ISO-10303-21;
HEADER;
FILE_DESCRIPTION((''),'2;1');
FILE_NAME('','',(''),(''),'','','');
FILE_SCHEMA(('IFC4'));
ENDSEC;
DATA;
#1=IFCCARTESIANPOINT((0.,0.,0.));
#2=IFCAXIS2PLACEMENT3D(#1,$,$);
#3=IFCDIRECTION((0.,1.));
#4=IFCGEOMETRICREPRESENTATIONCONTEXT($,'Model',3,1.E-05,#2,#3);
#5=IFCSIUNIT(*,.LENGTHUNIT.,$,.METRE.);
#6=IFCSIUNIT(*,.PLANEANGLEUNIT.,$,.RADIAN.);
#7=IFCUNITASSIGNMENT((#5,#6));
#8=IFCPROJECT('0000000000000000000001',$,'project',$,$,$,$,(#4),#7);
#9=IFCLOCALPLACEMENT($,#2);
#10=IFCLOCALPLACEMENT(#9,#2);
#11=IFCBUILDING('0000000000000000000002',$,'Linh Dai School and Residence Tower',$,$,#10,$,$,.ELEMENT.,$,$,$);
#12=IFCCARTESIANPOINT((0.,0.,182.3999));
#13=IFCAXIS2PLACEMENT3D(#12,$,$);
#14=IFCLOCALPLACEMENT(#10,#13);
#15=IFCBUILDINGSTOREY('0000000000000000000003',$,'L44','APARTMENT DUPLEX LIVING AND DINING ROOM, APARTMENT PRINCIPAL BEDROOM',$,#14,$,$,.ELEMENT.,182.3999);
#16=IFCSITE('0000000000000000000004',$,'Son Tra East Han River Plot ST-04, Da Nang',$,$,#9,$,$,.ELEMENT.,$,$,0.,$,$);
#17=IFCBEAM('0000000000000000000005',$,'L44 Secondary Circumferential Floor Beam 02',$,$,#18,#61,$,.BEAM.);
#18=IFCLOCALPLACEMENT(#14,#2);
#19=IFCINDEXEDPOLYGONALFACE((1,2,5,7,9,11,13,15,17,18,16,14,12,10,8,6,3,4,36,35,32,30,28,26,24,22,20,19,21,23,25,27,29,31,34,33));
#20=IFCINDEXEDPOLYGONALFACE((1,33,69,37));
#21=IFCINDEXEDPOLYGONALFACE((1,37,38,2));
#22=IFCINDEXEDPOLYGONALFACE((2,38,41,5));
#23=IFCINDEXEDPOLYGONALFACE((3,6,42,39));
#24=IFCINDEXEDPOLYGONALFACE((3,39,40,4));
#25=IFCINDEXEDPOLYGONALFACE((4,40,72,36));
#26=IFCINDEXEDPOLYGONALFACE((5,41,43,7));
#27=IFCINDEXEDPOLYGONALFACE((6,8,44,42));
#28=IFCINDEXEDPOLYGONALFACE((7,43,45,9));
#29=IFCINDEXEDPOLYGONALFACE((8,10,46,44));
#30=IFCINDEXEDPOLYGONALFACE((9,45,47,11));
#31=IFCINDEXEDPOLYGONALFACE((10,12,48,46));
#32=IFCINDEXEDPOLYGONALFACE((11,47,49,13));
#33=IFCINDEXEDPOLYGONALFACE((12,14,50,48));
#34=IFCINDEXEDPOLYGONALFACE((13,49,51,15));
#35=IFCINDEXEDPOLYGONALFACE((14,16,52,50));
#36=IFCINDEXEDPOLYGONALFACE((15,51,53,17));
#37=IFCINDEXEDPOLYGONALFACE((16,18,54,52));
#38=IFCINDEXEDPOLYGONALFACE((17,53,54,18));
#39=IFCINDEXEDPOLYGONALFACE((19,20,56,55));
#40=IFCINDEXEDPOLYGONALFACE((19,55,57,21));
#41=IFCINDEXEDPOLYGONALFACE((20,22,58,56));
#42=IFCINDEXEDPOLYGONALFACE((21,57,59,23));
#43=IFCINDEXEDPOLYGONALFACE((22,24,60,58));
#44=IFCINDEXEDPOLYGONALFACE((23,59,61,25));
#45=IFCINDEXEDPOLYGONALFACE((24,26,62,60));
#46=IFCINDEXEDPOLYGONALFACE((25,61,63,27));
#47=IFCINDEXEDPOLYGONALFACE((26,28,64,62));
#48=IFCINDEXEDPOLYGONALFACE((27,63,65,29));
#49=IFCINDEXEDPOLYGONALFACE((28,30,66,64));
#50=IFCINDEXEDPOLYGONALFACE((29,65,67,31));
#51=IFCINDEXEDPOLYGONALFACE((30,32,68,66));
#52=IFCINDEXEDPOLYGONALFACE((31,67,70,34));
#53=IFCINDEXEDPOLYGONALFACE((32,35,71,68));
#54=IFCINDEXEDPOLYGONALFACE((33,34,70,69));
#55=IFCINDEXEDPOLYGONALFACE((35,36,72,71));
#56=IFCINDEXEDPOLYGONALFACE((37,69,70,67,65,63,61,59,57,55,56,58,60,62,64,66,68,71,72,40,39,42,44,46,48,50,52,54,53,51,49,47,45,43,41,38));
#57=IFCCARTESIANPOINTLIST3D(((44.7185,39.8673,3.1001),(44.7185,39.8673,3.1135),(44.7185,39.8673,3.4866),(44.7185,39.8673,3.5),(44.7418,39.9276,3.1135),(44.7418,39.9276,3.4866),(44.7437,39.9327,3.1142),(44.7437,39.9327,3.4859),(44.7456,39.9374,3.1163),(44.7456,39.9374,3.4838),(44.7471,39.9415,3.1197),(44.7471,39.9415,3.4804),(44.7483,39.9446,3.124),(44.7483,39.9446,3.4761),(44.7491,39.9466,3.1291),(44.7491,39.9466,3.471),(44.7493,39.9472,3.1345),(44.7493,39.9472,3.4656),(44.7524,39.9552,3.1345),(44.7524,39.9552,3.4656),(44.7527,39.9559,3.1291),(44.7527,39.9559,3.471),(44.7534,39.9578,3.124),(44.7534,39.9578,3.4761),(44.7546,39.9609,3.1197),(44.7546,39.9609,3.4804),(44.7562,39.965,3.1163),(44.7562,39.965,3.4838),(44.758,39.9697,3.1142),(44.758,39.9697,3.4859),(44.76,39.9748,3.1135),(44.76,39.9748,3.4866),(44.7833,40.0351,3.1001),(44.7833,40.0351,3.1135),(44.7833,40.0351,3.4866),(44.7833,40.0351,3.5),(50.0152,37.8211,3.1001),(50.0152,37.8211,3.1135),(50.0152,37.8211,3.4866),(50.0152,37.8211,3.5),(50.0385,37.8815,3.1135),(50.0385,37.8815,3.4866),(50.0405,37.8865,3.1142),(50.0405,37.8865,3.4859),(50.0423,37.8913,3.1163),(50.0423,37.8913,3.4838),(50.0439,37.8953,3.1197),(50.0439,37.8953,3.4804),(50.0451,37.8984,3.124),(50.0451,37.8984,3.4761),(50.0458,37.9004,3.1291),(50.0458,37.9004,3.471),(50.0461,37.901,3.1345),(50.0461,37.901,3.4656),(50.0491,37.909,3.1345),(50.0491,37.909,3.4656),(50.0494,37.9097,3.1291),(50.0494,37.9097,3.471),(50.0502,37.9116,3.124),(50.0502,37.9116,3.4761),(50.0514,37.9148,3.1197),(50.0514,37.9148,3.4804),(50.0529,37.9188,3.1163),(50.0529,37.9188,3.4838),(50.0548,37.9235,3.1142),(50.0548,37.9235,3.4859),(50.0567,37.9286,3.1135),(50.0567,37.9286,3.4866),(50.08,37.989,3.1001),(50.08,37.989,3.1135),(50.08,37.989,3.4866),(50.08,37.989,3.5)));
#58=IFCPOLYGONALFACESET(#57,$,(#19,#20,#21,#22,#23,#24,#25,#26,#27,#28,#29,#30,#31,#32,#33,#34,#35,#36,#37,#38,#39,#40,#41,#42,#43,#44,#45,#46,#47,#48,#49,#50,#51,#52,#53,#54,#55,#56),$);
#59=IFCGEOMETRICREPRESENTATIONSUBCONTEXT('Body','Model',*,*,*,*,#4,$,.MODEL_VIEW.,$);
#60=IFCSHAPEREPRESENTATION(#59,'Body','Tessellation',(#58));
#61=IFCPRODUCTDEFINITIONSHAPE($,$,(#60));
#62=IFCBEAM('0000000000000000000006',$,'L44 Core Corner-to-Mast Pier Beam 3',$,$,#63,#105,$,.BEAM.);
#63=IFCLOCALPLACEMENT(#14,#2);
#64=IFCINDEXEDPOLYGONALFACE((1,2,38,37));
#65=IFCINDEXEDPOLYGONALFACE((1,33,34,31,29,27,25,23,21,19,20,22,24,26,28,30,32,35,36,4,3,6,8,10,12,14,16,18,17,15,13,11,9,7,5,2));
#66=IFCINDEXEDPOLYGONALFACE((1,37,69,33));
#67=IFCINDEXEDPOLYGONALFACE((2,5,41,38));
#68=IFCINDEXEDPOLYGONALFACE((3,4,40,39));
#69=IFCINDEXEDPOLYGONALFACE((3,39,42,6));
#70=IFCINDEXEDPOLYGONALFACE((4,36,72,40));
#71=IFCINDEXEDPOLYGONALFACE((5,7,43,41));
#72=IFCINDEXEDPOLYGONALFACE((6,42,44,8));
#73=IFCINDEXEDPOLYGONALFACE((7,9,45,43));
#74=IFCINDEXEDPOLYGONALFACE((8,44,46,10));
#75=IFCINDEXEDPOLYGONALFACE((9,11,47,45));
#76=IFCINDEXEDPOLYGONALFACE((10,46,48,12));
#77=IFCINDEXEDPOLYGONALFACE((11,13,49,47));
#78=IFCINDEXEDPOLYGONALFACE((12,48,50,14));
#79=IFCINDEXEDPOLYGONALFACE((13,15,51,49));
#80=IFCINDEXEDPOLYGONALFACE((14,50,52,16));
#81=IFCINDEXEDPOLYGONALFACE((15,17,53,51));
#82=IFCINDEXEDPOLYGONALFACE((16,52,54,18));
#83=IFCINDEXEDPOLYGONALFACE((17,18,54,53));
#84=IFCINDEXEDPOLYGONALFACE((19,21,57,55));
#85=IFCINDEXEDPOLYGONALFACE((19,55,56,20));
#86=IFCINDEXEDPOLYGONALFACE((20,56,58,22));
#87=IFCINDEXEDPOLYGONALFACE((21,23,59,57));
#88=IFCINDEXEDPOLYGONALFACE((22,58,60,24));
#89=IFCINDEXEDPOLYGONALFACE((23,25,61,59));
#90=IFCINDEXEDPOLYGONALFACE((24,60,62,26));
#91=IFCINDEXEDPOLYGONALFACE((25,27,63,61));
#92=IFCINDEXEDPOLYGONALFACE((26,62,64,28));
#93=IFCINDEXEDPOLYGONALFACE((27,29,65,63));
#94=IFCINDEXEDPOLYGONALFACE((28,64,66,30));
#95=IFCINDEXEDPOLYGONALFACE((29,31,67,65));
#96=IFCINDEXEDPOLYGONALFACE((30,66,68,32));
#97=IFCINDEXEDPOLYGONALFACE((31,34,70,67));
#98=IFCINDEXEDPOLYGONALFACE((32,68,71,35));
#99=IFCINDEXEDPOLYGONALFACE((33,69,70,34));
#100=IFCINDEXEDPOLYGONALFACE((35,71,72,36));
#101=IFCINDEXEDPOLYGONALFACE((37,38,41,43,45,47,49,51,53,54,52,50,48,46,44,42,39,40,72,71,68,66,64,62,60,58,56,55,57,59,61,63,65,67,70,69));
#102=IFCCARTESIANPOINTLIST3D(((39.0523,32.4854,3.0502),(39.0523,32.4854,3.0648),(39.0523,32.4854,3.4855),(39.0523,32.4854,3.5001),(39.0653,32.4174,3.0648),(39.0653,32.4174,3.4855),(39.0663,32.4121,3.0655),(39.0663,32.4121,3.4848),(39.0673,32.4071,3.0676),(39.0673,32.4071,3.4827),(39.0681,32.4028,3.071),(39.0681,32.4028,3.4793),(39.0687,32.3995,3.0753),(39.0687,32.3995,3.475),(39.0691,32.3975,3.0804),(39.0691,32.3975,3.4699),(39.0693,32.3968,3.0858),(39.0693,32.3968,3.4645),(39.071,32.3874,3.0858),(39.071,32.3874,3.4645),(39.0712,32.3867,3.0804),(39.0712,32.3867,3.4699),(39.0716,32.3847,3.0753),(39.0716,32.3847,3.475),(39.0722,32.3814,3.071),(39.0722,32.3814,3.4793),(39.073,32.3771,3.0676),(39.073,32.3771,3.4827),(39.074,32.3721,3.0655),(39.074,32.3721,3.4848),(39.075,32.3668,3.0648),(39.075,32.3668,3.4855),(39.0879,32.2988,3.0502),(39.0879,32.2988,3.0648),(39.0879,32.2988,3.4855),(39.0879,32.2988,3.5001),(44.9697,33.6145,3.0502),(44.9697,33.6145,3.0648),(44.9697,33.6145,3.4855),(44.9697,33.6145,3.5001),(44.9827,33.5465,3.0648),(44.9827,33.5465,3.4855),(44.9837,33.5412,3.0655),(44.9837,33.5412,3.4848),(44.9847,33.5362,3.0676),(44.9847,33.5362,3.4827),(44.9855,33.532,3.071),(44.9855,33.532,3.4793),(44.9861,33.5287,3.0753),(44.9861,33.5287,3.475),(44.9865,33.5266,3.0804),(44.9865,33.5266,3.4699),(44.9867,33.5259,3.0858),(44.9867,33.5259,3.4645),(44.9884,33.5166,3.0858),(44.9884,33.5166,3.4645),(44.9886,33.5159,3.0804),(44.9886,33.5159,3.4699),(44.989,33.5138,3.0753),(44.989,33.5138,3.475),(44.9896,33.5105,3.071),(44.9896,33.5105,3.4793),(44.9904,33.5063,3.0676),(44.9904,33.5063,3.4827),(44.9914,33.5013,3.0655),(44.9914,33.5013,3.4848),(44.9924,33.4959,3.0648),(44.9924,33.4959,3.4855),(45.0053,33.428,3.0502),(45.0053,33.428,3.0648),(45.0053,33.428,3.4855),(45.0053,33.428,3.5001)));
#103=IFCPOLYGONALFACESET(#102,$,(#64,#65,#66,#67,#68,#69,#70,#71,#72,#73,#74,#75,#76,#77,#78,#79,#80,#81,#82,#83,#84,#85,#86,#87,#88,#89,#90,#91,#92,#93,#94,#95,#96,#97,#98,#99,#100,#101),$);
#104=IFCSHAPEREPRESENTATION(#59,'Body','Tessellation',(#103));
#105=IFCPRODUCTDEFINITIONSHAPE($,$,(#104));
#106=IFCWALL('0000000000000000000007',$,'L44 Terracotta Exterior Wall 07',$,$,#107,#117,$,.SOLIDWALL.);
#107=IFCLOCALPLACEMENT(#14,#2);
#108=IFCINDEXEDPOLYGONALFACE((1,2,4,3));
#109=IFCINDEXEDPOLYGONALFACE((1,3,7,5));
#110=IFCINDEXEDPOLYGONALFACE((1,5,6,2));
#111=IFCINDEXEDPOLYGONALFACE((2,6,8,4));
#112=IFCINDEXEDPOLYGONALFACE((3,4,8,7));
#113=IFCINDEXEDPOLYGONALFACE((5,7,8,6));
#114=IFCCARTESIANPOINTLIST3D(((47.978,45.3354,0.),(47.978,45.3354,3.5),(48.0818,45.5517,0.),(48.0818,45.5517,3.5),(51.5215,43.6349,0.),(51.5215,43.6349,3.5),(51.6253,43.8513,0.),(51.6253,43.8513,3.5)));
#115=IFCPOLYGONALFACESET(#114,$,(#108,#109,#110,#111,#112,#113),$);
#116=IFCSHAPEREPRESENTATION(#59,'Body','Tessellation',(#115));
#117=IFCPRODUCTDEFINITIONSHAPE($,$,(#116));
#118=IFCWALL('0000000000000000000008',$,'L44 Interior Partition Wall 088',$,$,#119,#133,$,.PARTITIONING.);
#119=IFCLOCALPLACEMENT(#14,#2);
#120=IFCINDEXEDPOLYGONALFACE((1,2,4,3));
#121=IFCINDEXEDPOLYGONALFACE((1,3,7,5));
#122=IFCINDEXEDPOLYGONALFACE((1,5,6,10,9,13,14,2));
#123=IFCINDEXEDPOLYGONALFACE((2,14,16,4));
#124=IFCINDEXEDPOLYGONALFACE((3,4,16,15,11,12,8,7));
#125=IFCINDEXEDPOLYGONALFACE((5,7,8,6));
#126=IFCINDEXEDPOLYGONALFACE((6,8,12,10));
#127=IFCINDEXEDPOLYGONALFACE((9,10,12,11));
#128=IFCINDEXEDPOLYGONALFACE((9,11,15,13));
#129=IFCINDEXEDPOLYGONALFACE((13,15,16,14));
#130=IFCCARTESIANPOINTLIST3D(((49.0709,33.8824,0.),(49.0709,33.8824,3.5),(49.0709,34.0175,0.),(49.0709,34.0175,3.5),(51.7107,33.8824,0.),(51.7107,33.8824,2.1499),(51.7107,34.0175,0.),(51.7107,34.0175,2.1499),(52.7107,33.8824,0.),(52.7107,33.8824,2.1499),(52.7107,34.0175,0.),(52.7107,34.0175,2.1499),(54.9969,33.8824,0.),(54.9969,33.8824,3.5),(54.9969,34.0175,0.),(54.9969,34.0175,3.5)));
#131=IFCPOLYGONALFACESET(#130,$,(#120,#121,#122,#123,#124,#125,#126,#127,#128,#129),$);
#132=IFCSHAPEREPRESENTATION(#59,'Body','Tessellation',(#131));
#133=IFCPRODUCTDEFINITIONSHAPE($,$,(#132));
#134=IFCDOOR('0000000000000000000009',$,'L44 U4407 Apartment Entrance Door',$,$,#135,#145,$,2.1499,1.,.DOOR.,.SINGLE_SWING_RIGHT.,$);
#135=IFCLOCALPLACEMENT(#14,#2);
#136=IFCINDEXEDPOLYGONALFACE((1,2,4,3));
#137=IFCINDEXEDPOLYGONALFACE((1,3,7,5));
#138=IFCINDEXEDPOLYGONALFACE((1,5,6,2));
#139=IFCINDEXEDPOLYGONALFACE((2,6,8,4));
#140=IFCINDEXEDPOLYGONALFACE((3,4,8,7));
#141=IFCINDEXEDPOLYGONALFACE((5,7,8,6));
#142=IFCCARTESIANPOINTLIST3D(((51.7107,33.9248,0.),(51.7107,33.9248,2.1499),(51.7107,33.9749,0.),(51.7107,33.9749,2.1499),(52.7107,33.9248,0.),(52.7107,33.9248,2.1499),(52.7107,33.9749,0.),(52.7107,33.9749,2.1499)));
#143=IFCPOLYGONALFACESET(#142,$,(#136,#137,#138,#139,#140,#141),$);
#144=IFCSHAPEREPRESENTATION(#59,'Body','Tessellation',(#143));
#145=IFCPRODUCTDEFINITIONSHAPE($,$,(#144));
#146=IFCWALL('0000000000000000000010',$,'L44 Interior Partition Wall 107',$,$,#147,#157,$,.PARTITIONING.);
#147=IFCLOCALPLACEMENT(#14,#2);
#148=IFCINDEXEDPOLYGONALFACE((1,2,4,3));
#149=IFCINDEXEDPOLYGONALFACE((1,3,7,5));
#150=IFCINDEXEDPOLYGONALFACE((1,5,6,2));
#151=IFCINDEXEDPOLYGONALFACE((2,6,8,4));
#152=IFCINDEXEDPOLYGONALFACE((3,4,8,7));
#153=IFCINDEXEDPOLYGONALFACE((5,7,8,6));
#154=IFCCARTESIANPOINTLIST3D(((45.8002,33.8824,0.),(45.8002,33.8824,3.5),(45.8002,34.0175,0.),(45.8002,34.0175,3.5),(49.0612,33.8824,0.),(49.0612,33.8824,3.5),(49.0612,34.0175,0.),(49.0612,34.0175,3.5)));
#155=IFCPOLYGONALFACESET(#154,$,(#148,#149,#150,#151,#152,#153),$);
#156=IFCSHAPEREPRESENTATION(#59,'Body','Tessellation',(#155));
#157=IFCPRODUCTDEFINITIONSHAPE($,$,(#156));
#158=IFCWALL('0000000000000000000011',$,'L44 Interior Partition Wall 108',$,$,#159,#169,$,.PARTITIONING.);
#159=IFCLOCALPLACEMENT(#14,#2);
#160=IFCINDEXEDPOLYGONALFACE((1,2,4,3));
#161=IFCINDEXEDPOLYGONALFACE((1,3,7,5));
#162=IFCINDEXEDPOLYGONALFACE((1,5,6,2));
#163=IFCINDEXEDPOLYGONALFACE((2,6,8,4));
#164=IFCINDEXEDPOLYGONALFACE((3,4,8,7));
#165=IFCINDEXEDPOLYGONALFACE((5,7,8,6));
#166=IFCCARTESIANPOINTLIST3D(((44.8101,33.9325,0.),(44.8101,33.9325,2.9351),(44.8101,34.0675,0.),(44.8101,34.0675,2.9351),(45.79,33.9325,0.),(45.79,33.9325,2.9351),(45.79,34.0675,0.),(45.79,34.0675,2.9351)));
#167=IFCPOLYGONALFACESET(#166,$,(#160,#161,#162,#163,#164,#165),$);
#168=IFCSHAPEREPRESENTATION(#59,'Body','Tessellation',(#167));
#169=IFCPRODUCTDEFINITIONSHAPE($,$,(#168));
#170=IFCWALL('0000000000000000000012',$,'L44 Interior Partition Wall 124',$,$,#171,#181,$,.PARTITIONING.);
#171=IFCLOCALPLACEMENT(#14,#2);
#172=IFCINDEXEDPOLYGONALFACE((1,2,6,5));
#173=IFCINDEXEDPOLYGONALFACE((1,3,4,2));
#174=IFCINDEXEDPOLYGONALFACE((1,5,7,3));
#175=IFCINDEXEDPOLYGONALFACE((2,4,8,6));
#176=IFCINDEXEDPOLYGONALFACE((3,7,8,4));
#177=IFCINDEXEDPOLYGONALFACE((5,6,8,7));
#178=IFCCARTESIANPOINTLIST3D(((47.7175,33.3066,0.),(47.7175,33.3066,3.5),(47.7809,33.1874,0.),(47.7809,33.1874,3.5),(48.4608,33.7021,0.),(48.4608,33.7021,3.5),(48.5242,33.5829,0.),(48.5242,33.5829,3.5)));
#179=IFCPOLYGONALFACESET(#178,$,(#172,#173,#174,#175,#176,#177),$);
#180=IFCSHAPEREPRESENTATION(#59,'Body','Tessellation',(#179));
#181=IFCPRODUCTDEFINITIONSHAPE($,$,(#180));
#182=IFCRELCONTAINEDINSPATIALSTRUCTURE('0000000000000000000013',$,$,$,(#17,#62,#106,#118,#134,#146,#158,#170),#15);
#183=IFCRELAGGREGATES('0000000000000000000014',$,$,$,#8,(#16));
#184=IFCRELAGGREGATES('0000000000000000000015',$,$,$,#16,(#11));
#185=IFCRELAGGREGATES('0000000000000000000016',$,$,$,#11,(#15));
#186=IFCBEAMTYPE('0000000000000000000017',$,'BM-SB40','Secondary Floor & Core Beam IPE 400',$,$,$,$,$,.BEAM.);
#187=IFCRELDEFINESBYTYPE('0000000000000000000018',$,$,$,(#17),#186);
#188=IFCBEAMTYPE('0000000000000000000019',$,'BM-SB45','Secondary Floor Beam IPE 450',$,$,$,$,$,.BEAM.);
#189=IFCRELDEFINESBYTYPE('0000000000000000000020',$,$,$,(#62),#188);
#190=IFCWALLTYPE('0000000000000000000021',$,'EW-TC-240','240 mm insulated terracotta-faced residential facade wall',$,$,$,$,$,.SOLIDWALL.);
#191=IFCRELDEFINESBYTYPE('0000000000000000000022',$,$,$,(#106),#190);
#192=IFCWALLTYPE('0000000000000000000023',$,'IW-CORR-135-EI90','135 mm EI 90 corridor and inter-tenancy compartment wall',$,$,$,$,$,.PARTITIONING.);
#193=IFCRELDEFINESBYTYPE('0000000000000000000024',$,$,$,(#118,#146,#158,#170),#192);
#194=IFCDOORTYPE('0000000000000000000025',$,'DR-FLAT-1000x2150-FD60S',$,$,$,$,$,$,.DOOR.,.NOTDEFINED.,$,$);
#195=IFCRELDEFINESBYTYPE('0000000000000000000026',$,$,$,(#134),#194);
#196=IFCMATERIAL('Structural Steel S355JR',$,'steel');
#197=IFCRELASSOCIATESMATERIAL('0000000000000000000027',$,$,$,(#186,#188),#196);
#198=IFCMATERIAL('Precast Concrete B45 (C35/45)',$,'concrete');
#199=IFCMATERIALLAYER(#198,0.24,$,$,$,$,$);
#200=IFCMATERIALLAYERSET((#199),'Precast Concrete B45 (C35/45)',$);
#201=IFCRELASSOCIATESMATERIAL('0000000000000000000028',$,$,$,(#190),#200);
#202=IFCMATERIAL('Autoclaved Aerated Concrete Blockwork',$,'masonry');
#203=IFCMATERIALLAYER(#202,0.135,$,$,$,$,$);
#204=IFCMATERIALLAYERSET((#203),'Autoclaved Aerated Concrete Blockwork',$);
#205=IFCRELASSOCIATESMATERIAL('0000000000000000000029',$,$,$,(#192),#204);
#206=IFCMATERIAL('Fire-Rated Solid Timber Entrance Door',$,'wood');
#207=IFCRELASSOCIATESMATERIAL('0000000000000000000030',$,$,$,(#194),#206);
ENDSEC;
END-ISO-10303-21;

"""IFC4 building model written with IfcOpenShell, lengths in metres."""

from ifc_helpers import new_model, si_unit, direction, frame, frame_2d, origin, origin_2d, place, context, subcontext, project, spatial, rectangle, i_section, extrude, source, transform, mapped, material, layer, layer_set, material_profile, profile_set, type_object, element, fill, save


model = new_model("IFC4")

# Units and contexts
model_context = context("Model", 3, precision=1e-05, world=origin(), true_north=direction((0.0, 1.0)))
body_context = subcontext(model_context, "Body", "Model", "MODEL_VIEW")
ifc_project = project(units=[si_unit("LENGTHUNIT", "METRE"), si_unit("PLANEANGLEUNIT", "RADIAN")], contexts=[model_context])

# Site, building, storey
site_placement = place(None, origin())
site = spatial("IfcSite", under=ifc_project, at=site_placement, Name="Son Tra East Han River Plot ST-04, Da Nang", CompositionType="ELEMENT", RefElevation=0.0)
building_placement = place(site_placement, origin())
building = spatial("IfcBuilding", under=site, at=building_placement, Name="Linh Dai School and Residence Tower", CompositionType="ELEMENT")
storey_placement = place(building_placement, frame((0.0, 0.0, 182.3999)))
storey = spatial("IfcBuildingStorey", under=building, at=storey_placement, Name="L44", Description="APARTMENT DUPLEX LIVING AND DINING ROOM, APARTMENT PRINCIPAL BEDROOM", CompositionType="ELEMENT", Elevation=182.3999)

# Shared definitions
ifc_material_1 = material(Name="Structural Steel S355JR", Category="steel")

# Beams
ifc_material_profile_1 = material_profile(ifc_material_1, i_section(OverallWidth=0.1799, OverallDepth=0.3999, WebThickness=0.0085, FlangeThickness=0.0134, FilletRadius=0.021, at=origin_2d()), Name="IPE 400")
ifc_profile_set_1 = profile_set([ifc_material_profile_1], Name="Structural Steel S355JR")
beam_type_1 = type_object("IfcBeamType", Name="BM-SB40", Description="Secondary Floor & Core Beam IPE 400", PredefinedType="BEAM", material=ifc_profile_set_1)
beam_1_placement = place(storey_placement, frame((50.0476, 37.905, 3.3), z_axis=(-0.932815, 0.360356, 0.0), x_axis=(-0.360356, -0.932815, 0.0)))
element("IfcBeam", 1, at=beam_1_placement, inside=storey, type_object=beam_type_1, Name="L44 Secondary Circumferential Floor Beam 02", PredefinedType="BEAM", context=body_context, shape_type="SweptSolid", body=[
    extrude(i_section(OverallWidth=0.1799, OverallDepth=0.3999, WebThickness=0.0085, FlangeThickness=0.0134, FilletRadius=0.021, at=origin_2d()), origin(), (0.0, 0.0, 1.0), 5.6782),
])
ifc_material_profile_2 = material_profile(ifc_material_1, i_section(OverallWidth=0.1899, OverallDepth=0.45, WebThickness=0.0095, FlangeThickness=0.0146, FilletRadius=0.021, at=origin_2d()), Name="IPE 450")
ifc_profile_set_2 = profile_set([ifc_material_profile_2], Name="Structural Steel S355JR")
beam_type_2 = type_object("IfcBeamType", Name="BM-SB45", Description="Secondary Floor Beam IPE 450", PredefinedType="BEAM", material=ifc_profile_set_2)
beam_2_placement = place(storey_placement, frame((44.9875, 33.5212, 3.2751), z_axis=(-0.982277, -0.187434, 0.0), x_axis=(0.187434, -0.982277, 0.0)))
element("IfcBeam", 2, at=beam_2_placement, inside=storey, type_object=beam_type_2, Name="L44 Core Corner-to-Mast Pier Beam 3", PredefinedType="BEAM", context=body_context, shape_type="SweptSolid", body=[
    extrude(i_section(OverallWidth=0.1899, OverallDepth=0.45, WebThickness=0.0095, FlangeThickness=0.0146, FilletRadius=0.021, at=origin_2d()), origin(), (0.0, 0.0, 1.0), 6.0242),
])

# Wall
ifc_material_2 = material(Name="Precast Concrete B45 (C35/45)", Category="concrete")
ifc_layer_1 = layer(ifc_material_2, 0.24)
ifc_layer_set_1 = layer_set([ifc_layer_1], Name="Precast Concrete B45 (C35/45)")
wall_type_1 = type_object("IfcWallType", Name="EW-TC-240", Description="240 mm insulated terracotta-faced residential facade wall", PredefinedType="SOLIDWALL", material=ifc_layer_set_1)
wall_1_placement = place(storey_placement, frame((48.0298, 45.4436, 0.0), z_axis=(0.0, 0.0, 1.0), x_axis=(0.901565, -0.432644, 0.0)))
element("IfcWall", 3, at=wall_1_placement, inside=storey, type_object=wall_type_1, Name="L44 Terracotta Exterior Wall 07", PredefinedType="SOLIDWALL", context=body_context, shape_type="SweptSolid", body=[
    extrude(rectangle(XDim=3.9304, YDim=0.24, at=frame_2d((1.9653, 0.0))), origin(), (0.0, 0.0, 1.0), 3.5),
])

# Wall, opening, door
ifc_material_3 = material(Name="Autoclaved Aerated Concrete Blockwork", Category="masonry")
ifc_layer_2 = layer(ifc_material_3, 0.135)
ifc_layer_set_2 = layer_set([ifc_layer_2], Name="Autoclaved Aerated Concrete Blockwork")
wall_type_2 = type_object("IfcWallType", Name="IW-CORR-135-EI90", Description="135 mm EI 90 corridor and inter-tenancy compartment wall", PredefinedType="PARTITIONING", material=ifc_layer_set_2)
wall_2_placement = place(storey_placement, frame((49.071, 33.95, 0.0), z_axis=(0.0, 0.0, 1.0), x_axis=(1.0, 0.0, 0.0)))
wall_2 = element("IfcWall", 4, at=wall_2_placement, inside=storey, type_object=wall_type_2, Name="L44 Interior Partition Wall 088", PredefinedType="PARTITIONING", context=body_context, shape_type="SweptSolid", body=[
    extrude(rectangle(XDim=5.926, YDim=0.135, at=frame_2d((2.9629, 0.0))), origin(), (0.0, 0.0, 1.0), 3.5),
])
opening_1_placement = place(wall_2_placement, frame((2.6396, 0.0, 0.0)))
opening_1 = element("IfcOpeningElement", 5, at=opening_1_placement, cuts=wall_2, PredefinedType="OPENING", context=body_context, shape_type="SweptSolid", body=[
    extrude(rectangle(XDim=1.0, YDim=2.1499, at=origin_2d()), frame((0.5, 0.0776, 1.075), z_axis=(0.0, -1.0, 0.0), x_axis=(1.0, 0.0, 0.0)), (0.0, 0.0, 1.0), 0.155),
])
ifc_material_4 = material(Name="Fire-Rated Solid Timber Entrance Door", Category="wood")
door_type_1 = type_object("IfcDoorType", Name="DR-FLAT-1000x2150-FD60S", OperationType="NOTDEFINED", PredefinedType="DOOR", material=ifc_material_4)
shared_shape_1 = source(origin(), body_context, "Body", "SweptSolid", [
    extrude(rectangle(XDim=1.0, YDim=2.1499, at=origin_2d()), frame((0.5, 0.0249, 1.075), z_axis=(0.0, -1.0, 0.0), x_axis=(1.0, 0.0, 0.0)), (0.0, 0.0, 1.0), 0.05),
])
door_1_placement = place(opening_1_placement, origin())
door_1 = element("IfcDoor", 6, at=door_1_placement, inside=storey, type_object=door_type_1, Name="L44 U4407 Apartment Entrance Door", OperationType="SINGLE_SWING_RIGHT", OverallHeight=2.1499, OverallWidth=1.0, PredefinedType="DOOR", context=body_context, shape_type="MappedRepresentation", body=[
    mapped(shared_shape_1, transform((0.0, 0.0, 0.0), x_axis=(1.0, 0.0, 0.0), y_axis=(0.0, 1.0, 0.0), z_axis=(0.0, 0.0, 1.0), scale=1.0)),
])
fill(opening_1, door_1)

# Walls
wall_3_placement = place(storey_placement, frame((49.061, 33.95, 0.0), z_axis=(0.0, 0.0, 1.0), x_axis=(-1.0, 0.0, 0.0)))
element("IfcWall", 7, at=wall_3_placement, inside=storey, type_object=wall_type_2, Name="L44 Interior Partition Wall 107", PredefinedType="PARTITIONING", context=body_context, shape_type="SweptSolid", body=[
    extrude(rectangle(XDim=3.261, YDim=0.135, at=frame_2d((1.6304, 0.0))), origin(), (0.0, 0.0, 1.0), 3.5),
])
wall_4_placement = place(storey_placement, frame((45.79, 34.0, 0.0), z_axis=(0.0, 0.0, 1.0), x_axis=(-1.0, 0.0, 0.0)))
element("IfcWall", 8, at=wall_4_placement, inside=storey, type_object=wall_type_2, Name="L44 Interior Partition Wall 108", PredefinedType="PARTITIONING", context=body_context, shape_type="SweptSolid", body=[
    extrude(rectangle(XDim=0.98, YDim=0.135, at=frame_2d((0.49, 0.0))), origin(), (0.0, 0.0, 1.0), 2.9351),
])
wall_5_placement = place(storey_placement, frame((47.7493, 33.2471, 0.0), z_axis=(0.0, 0.0, 1.0), x_axis=(0.882834, 0.469685, 0.0)))
element("IfcWall", 9, at=wall_5_placement, inside=storey, type_object=wall_type_2, Name="L44 Interior Partition Wall 124", PredefinedType="PARTITIONING", context=body_context, shape_type="SweptSolid", body=[
    extrude(rectangle(XDim=0.842, YDim=0.135, at=frame_2d((0.4209, 0.0))), origin(), (0.0, 0.0, 1.0), 3.5),
])

save(model, "model.ifc")
